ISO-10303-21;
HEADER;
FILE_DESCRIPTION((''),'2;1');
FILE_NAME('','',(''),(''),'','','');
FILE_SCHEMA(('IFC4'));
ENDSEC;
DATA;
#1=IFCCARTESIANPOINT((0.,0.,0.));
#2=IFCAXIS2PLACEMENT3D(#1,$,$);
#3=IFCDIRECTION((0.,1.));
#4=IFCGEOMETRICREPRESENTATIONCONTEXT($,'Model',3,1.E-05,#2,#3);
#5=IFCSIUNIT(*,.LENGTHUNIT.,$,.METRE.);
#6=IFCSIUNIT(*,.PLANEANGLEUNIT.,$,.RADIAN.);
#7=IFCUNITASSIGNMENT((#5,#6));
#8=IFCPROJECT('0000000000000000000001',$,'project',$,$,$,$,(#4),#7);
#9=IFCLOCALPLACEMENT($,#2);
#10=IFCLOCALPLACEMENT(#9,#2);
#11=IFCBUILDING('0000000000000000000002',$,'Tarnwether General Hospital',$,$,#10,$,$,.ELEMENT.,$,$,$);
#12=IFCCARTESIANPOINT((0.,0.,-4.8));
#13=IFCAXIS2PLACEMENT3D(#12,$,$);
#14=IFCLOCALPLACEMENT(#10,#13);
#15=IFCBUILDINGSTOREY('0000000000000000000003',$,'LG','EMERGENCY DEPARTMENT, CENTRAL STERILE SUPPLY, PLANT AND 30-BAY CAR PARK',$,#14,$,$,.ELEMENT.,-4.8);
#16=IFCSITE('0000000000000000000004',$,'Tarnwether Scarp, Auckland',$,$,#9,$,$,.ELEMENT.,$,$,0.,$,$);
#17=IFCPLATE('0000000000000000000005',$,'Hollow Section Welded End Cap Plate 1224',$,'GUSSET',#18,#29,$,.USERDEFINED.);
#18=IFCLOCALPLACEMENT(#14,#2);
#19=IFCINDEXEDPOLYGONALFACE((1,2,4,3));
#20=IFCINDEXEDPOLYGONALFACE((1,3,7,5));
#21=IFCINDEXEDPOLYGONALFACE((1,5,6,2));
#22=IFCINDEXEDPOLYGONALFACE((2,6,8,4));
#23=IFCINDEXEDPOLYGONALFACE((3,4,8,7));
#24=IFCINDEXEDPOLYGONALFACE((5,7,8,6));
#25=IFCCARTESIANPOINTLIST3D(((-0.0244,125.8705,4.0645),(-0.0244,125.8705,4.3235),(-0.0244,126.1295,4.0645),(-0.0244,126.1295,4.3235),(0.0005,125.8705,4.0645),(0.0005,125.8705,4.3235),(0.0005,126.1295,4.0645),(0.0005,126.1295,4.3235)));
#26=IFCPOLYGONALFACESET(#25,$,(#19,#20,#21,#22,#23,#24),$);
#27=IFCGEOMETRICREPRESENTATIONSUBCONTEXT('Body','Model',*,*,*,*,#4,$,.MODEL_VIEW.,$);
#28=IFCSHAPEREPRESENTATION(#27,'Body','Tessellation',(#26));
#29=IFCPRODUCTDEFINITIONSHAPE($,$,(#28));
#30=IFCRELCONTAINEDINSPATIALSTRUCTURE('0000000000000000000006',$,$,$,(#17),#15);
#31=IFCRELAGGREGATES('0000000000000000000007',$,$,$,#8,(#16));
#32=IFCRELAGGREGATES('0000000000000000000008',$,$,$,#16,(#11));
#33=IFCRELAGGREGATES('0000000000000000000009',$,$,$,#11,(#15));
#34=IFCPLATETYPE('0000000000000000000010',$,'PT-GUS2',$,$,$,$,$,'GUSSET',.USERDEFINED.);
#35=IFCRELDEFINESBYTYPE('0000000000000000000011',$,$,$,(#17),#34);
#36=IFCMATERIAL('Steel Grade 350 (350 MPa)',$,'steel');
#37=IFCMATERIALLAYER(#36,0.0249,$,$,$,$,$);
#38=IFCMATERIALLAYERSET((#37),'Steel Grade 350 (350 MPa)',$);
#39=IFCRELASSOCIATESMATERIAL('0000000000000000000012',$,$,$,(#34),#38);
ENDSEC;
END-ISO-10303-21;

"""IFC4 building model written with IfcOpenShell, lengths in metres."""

from ifc_helpers import new_model, si_unit, direction, frame, origin, origin_2d, place, context, subcontext, project, spatial, rectangle, extrude, material, layer, layer_set, type_object, element, save


model = new_model("IFC4")

# Units and contexts
model_context = context("Model", 3, precision=1e-05, world=origin(), true_north=direction((0.0, 1.0)))
body_context = subcontext(model_context, "Body", "Model", "MODEL_VIEW")
ifc_project = project(units=[si_unit("LENGTHUNIT", "METRE"), si_unit("PLANEANGLEUNIT", "RADIAN")], contexts=[model_context])

# Site, building, storey
site_placement = place(None, origin())
site = spatial("IfcSite", under=ifc_project, at=site_placement, Name="Tarnwether Scarp, Auckland", CompositionType="ELEMENT", RefElevation=0.0)
building_placement = place(site_placement, origin())
building = spatial("IfcBuilding", under=site, at=building_placement, Name="Tarnwether General Hospital", CompositionType="ELEMENT")
storey_placement = place(building_placement, frame((0.0, 0.0, -4.8)))
storey = spatial("IfcBuildingStorey", under=building, at=storey_placement, Name="LG", Description="EMERGENCY DEPARTMENT, CENTRAL STERILE SUPPLY, PLANT AND 30-BAY CAR PARK", CompositionType="ELEMENT", Elevation=-4.8)

# Plate
ifc_material_1 = material(Name="Steel Grade 350 (350 MPa)", Category="steel")
ifc_layer_1 = layer(ifc_material_1, 0.0249)
ifc_layer_set_1 = layer_set([ifc_layer_1], Name="Steel Grade 350 (350 MPa)")
plate_type_1 = type_object("IfcPlateType", Name="PT-GUS2", ElementType="GUSSET", PredefinedType="USERDEFINED", material=ifc_layer_set_1)
for number, where, z_axis, x_axis, name in (
    (1, (-0.012, 126.0, 4.0645), (0.0, 0.0, 1.0), (-1.0, 0.0, 0.0), "Hollow Section Welded End Cap Plate 1224"),
):
    element("IfcPlate", number, at=place(storey_placement, frame(where, z_axis=z_axis, x_axis=x_axis)), inside=storey, type_object=plate_type_1, Name=name, ObjectType="GUSSET", PredefinedType="USERDEFINED", context=body_context, shape_type="SweptSolid", body=[
        extrude(rectangle(XDim=0.0249, YDim=0.259, at=origin_2d()), origin(), (0.0, 0.0, 1.0), 0.259),
    ])

save(model, "model.ifc")
